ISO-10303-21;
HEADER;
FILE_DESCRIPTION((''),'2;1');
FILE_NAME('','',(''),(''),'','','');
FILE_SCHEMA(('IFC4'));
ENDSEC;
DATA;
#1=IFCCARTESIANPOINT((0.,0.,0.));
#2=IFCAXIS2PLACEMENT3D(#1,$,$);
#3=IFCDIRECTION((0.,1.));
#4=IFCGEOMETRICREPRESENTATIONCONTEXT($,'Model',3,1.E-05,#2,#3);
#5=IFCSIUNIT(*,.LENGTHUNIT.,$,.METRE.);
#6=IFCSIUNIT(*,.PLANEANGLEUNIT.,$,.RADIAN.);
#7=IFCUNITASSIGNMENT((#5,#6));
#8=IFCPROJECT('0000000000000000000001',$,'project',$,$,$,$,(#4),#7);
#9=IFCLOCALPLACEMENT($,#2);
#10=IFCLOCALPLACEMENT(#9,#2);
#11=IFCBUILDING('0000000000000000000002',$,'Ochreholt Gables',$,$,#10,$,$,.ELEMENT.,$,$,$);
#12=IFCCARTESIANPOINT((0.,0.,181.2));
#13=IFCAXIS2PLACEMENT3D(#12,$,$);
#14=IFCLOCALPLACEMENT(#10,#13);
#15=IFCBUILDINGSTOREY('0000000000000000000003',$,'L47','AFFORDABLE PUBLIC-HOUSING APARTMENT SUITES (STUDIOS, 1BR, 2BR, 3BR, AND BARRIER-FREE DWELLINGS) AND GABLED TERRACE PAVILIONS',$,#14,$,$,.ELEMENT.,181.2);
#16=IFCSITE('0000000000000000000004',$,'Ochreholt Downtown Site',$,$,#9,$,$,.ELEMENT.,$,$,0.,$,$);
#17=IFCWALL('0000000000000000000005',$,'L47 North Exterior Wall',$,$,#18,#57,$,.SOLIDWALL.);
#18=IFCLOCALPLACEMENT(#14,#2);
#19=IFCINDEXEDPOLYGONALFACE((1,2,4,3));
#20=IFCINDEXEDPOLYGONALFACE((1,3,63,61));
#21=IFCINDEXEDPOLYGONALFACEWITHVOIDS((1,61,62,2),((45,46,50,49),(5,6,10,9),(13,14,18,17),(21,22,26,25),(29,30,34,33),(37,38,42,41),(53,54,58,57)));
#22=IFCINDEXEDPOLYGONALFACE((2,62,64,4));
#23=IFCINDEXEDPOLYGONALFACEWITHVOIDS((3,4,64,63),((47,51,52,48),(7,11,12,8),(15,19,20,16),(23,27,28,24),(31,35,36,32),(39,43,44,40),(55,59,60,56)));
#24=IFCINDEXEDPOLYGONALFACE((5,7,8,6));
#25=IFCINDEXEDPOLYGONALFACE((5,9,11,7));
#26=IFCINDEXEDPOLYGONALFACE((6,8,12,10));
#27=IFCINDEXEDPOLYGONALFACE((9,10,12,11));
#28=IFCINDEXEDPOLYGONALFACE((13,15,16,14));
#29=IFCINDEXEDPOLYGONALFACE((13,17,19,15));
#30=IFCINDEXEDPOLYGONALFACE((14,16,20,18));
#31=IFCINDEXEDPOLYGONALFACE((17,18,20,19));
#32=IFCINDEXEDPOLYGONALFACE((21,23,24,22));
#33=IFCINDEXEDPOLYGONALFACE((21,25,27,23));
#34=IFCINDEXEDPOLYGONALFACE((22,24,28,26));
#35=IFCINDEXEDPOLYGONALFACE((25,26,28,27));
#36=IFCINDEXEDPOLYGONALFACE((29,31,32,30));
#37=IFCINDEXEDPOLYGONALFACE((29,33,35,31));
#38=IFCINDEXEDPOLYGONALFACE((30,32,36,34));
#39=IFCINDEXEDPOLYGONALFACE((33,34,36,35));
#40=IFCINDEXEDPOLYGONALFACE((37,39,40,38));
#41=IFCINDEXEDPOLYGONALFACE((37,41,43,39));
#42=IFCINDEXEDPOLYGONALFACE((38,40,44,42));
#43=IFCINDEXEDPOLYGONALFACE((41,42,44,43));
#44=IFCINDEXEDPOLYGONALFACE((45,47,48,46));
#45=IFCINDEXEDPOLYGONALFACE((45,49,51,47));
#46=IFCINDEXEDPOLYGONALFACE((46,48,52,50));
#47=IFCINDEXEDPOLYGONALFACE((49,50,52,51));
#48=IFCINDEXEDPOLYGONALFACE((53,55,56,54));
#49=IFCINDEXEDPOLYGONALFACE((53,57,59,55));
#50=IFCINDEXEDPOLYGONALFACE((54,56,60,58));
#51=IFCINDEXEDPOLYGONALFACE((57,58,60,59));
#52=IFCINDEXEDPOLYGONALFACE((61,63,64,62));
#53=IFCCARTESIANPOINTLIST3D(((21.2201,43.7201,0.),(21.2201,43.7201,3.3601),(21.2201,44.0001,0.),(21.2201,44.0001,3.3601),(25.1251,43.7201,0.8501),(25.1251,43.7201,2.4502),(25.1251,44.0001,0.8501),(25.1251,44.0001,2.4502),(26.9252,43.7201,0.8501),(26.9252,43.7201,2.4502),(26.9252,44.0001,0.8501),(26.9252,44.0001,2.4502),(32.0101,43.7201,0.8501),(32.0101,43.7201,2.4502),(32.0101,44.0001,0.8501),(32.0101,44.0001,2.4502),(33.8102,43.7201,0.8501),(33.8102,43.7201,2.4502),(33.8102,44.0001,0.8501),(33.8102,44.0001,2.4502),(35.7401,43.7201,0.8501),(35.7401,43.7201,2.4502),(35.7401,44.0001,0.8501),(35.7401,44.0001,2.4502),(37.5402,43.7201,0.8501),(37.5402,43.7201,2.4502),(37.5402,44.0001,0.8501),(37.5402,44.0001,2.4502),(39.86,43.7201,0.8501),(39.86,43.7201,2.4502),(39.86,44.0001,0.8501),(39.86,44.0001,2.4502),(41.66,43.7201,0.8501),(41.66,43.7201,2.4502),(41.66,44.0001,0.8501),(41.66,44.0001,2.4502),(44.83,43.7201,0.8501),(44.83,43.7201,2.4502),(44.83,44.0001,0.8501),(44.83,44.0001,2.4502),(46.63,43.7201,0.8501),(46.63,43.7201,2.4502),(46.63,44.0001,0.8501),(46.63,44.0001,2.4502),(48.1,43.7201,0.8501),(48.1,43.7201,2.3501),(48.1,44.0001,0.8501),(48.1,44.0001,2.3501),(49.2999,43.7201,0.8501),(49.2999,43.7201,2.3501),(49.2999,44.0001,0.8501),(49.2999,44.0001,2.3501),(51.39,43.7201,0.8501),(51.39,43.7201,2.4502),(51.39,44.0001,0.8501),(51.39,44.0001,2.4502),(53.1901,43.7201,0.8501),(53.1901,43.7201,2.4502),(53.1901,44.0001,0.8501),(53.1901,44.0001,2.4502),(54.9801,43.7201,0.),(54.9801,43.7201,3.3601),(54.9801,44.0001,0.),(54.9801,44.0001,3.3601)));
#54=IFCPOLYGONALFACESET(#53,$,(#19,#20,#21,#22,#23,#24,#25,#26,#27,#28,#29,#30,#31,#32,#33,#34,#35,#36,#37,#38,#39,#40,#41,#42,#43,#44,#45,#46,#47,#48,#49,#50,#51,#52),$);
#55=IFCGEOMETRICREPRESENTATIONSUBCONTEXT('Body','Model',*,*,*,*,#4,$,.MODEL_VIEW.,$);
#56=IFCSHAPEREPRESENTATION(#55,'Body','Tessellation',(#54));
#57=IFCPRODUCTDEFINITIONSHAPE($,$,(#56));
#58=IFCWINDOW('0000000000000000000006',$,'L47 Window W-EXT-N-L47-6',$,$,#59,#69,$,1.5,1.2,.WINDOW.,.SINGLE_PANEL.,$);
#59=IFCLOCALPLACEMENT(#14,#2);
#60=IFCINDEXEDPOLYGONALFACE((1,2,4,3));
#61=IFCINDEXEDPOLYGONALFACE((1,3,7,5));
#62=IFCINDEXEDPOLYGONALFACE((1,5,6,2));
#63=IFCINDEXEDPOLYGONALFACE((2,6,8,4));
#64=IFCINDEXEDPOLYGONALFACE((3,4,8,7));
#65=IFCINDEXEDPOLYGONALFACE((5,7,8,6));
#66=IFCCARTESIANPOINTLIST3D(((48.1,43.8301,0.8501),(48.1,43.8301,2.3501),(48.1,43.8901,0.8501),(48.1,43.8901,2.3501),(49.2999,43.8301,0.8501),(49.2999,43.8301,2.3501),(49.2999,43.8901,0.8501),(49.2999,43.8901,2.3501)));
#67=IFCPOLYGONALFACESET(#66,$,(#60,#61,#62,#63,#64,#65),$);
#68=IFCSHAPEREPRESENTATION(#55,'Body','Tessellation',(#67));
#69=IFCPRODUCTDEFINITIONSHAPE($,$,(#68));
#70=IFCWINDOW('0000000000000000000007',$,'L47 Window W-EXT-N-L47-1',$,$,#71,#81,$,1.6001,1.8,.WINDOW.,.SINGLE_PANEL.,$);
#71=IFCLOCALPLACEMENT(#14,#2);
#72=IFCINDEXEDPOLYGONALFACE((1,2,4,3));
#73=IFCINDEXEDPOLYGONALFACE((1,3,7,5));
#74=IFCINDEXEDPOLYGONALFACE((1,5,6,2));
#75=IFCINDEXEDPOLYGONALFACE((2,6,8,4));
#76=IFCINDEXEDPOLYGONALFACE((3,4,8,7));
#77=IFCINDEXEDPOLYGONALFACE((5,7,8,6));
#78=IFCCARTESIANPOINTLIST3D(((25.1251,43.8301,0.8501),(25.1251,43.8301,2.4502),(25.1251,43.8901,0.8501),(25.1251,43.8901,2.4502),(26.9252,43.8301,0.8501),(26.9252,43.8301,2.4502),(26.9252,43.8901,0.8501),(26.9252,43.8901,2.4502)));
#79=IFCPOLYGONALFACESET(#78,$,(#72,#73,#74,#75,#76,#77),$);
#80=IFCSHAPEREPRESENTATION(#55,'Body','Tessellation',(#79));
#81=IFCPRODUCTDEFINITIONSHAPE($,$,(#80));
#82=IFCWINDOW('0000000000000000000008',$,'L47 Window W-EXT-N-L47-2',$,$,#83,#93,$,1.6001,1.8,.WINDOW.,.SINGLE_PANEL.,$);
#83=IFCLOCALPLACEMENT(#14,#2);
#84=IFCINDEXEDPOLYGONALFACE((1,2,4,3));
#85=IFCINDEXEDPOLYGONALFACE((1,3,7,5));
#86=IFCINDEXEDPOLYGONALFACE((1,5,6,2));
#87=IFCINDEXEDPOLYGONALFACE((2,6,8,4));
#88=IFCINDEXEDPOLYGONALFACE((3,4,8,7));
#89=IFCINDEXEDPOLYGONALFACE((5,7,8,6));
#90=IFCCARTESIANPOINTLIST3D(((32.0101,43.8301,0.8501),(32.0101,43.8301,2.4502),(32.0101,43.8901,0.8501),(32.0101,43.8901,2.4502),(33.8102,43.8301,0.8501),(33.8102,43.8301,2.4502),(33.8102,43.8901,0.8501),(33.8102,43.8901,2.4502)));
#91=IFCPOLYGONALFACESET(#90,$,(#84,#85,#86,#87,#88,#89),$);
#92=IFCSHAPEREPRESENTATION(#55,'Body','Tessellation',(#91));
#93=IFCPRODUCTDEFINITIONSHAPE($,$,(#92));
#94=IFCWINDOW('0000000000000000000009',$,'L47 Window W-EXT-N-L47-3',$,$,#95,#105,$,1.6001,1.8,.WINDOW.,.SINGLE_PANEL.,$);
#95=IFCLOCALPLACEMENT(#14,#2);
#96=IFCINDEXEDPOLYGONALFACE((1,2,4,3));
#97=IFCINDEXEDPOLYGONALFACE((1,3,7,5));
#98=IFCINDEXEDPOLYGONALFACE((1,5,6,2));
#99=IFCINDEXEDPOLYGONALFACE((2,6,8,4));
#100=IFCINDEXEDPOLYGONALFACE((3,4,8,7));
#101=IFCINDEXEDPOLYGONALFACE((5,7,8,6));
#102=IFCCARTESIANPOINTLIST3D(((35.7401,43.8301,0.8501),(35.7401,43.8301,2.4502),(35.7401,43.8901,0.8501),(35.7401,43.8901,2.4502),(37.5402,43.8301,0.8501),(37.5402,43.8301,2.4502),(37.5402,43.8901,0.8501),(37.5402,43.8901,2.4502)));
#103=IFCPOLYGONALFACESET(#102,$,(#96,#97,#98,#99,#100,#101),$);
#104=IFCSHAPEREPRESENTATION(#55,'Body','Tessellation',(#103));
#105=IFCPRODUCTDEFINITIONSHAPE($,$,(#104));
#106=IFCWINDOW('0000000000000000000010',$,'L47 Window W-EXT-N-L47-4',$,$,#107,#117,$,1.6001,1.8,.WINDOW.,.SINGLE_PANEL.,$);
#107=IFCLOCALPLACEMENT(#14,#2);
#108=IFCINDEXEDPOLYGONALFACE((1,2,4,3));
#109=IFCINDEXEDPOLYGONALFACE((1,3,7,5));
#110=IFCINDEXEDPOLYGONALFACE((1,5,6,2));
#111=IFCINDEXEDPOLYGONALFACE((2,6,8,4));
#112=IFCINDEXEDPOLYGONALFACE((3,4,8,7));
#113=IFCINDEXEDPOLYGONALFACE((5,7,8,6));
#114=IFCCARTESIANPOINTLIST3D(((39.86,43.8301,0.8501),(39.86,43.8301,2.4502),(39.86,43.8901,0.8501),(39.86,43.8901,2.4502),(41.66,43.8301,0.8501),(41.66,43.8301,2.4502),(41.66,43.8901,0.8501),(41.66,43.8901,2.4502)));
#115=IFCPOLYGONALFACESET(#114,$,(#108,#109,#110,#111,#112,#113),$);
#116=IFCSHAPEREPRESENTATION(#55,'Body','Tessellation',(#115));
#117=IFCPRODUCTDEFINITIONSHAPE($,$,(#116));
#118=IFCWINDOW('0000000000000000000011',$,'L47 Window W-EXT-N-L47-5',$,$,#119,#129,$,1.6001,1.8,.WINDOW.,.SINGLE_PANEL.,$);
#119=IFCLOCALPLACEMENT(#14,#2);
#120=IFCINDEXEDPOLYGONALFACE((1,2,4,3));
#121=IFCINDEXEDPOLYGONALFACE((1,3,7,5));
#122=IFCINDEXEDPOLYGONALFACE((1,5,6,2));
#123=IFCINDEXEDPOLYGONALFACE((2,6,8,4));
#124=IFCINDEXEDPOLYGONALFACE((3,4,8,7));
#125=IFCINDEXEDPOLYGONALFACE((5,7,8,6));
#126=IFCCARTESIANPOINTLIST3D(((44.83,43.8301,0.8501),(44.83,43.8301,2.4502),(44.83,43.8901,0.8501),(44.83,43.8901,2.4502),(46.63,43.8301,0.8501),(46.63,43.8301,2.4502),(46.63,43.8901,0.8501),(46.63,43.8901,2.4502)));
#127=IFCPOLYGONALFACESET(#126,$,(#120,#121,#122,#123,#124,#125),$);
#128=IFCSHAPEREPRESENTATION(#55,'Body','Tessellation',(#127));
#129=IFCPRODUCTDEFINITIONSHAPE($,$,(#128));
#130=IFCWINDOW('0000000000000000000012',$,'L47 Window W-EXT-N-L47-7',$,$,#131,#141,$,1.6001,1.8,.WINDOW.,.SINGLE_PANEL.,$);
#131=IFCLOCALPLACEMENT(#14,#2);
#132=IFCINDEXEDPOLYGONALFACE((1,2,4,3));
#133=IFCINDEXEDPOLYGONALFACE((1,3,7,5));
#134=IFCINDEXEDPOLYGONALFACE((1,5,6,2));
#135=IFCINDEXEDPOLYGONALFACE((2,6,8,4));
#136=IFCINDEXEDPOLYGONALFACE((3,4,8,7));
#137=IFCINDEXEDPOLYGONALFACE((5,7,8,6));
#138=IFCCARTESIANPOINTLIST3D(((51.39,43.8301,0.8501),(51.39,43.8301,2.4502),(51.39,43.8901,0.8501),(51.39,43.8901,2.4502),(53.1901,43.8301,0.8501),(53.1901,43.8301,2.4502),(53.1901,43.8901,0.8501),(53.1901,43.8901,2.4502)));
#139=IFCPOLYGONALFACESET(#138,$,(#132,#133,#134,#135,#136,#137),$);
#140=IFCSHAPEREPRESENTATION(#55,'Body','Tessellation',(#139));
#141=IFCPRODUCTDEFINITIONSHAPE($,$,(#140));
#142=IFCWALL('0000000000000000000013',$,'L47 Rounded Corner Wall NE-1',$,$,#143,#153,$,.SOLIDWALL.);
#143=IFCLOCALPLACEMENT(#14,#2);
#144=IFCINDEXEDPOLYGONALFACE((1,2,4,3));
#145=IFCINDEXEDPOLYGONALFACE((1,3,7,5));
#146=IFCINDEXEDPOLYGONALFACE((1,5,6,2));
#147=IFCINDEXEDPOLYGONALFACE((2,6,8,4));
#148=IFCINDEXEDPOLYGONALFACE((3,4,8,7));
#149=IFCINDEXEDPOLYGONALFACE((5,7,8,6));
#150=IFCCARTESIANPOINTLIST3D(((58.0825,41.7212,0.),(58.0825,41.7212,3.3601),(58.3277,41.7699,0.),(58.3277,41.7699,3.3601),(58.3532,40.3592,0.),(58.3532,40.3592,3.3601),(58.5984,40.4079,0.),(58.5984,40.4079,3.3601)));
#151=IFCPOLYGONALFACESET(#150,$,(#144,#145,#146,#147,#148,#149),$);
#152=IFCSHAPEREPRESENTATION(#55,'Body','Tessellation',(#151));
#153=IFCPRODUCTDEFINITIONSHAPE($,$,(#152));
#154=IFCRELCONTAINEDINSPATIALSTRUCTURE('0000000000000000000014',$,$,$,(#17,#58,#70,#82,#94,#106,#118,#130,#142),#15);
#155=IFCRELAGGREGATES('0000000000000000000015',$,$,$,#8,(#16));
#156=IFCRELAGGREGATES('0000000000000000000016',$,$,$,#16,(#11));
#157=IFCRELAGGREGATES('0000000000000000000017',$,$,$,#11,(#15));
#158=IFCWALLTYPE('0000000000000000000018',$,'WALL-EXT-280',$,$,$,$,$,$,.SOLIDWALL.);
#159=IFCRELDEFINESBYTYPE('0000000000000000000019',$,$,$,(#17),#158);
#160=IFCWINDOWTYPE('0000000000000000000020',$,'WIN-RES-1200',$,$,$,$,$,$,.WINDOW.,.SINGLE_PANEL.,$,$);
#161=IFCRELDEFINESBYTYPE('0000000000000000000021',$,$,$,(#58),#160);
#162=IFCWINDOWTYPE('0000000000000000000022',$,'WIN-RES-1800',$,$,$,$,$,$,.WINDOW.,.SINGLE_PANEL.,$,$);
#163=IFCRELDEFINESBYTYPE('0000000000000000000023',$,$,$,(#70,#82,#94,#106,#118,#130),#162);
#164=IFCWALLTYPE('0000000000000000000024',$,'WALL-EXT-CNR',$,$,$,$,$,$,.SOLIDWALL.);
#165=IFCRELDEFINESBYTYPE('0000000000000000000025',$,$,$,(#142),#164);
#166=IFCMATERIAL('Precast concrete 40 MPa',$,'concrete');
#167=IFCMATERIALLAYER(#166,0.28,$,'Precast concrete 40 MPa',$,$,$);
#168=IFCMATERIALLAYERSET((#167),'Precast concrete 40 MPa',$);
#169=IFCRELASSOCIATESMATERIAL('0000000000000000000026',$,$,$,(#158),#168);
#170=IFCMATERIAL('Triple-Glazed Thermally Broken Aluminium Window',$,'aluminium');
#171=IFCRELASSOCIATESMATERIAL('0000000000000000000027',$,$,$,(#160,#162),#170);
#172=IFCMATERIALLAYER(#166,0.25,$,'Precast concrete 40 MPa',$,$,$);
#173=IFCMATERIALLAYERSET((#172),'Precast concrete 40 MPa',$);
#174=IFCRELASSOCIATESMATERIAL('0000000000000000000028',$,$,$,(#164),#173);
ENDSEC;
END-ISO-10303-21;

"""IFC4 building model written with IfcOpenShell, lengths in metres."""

from ifc_helpers import new_model, si_unit, direction, frame, frame_2d, origin, place, context, subcontext, project, spatial, rectangle, extrude, material, layer, layer_set, type_object, element, fill, save


model = new_model("IFC4")

# Units and contexts
model_context = context("Model", 3, precision=1e-05, world=origin(), true_north=direction((0.0, 1.0)))
body_context = subcontext(model_context, "Body", "Model", "MODEL_VIEW")
ifc_project = project(units=[si_unit("LENGTHUNIT", "METRE"), si_unit("PLANEANGLEUNIT", "RADIAN")], contexts=[model_context])

# Site, building, storey
site_placement = place(None, origin())
site = spatial("IfcSite", under=ifc_project, at=site_placement, Name="Ochreholt Downtown Site", CompositionType="ELEMENT", RefElevation=0.0)
building_placement = place(site_placement, origin())
building = spatial("IfcBuilding", under=site, at=building_placement, Name="Ochreholt Gables", CompositionType="ELEMENT")
storey_placement = place(building_placement, frame((0.0, 0.0, 181.2)))
storey = spatial("IfcBuildingStorey", under=building, at=storey_placement, Name="L47", Description="AFFORDABLE PUBLIC-HOUSING APARTMENT SUITES (STUDIOS, 1BR, 2BR, 3BR, AND BARRIER-FREE DWELLINGS) AND GABLED TERRACE PAVILIONS", CompositionType="ELEMENT", Elevation=181.2)

# Wall, openings, windows
ifc_material_1 = material(Name="Precast concrete 40 MPa", Category="concrete")
ifc_layer_1 = layer(ifc_material_1, 0.28, Name="Precast concrete 40 MPa")
ifc_layer_set_1 = layer_set([ifc_layer_1], Name="Precast concrete 40 MPa")
wall_type_1 = type_object("IfcWallType", Name="WALL-EXT-280", PredefinedType="SOLIDWALL", material=ifc_layer_set_1)
wall_1_placement = place(storey_placement, frame((54.98, 43.8601, 0.0), z_axis=(0.0, 0.0, 1.0), x_axis=(-1.0, 0.0, 0.0)))
wall_1 = element("IfcWall", 1, at=wall_1_placement, inside=storey, type_object=wall_type_1, Name="L47 North Exterior Wall", PredefinedType="SOLIDWALL", context=body_context, shape_type="SweptSolid", body=[
    extrude(rectangle(XDim=33.76, YDim=0.28, at=frame_2d((16.8799, 0.0))), origin(), (0.0, 0.0, 1.0), 3.3601),
])
opening_1_placement = place(wall_1_placement, frame((28.0549, 0.0, 0.8501)))
opening_1 = element("IfcOpeningElement", 2, at=opening_1_placement, cuts=wall_1, PredefinedType="OPENING", context=body_context, shape_type="SweptSolid", body=[
    extrude(rectangle(XDim=1.8, YDim=1.6001, at=frame_2d((0.8999, 0.8))), frame((0.0, 0.1499, 0.0), z_axis=(0.0, -1.0, 0.0), x_axis=(1.0, 0.0, 0.0)), (0.0, 0.0, 1.0), 0.3),
])
opening_2_placement = place(wall_1_placement, frame((21.1699, 0.0, 0.8501)))
opening_2 = element("IfcOpeningElement", 3, at=opening_2_placement, cuts=wall_1, PredefinedType="OPENING", context=body_context, shape_type="SweptSolid", body=[
    extrude(rectangle(XDim=1.8, YDim=1.6001, at=frame_2d((0.8999, 0.8))), frame((0.0, 0.1499, 0.0), z_axis=(0.0, -1.0, 0.0), x_axis=(1.0, 0.0, 0.0)), (0.0, 0.0, 1.0), 0.3),
])
opening_3_placement = place(wall_1_placement, frame((17.4399, 0.0, 0.8501)))
opening_3 = element("IfcOpeningElement", 4, at=opening_3_placement, cuts=wall_1, PredefinedType="OPENING", context=body_context, shape_type="SweptSolid", body=[
    extrude(rectangle(XDim=1.8, YDim=1.6001, at=frame_2d((0.8999, 0.8))), frame((0.0, 0.1499, 0.0), z_axis=(0.0, -1.0, 0.0), x_axis=(1.0, 0.0, 0.0)), (0.0, 0.0, 1.0), 0.3),
])
opening_4_placement = place(wall_1_placement, frame((13.3201, 0.0, 0.8501)))
opening_4 = element("IfcOpeningElement", 5, at=opening_4_placement, cuts=wall_1, PredefinedType="OPENING", context=body_context, shape_type="SweptSolid", body=[
    extrude(rectangle(XDim=1.8, YDim=1.6001, at=frame_2d((0.8999, 0.8))), frame((0.0, 0.1499, 0.0), z_axis=(0.0, -1.0, 0.0), x_axis=(1.0, 0.0, 0.0)), (0.0, 0.0, 1.0), 0.3),
])
opening_5_placement = place(wall_1_placement, frame((8.3501, 0.0, 0.8501)))
opening_5 = element("IfcOpeningElement", 6, at=opening_5_placement, cuts=wall_1, PredefinedType="OPENING", context=body_context, shape_type="SweptSolid", body=[
    extrude(rectangle(XDim=1.8, YDim=1.6001, at=frame_2d((0.8999, 0.8))), frame((0.0, 0.1499, 0.0), z_axis=(0.0, -1.0, 0.0), x_axis=(1.0, 0.0, 0.0)), (0.0, 0.0, 1.0), 0.3),
])
opening_6_placement = place(wall_1_placement, frame((5.6799, 0.0, 0.8501)))
opening_6 = element("IfcOpeningElement", 7, at=opening_6_placement, cuts=wall_1, PredefinedType="OPENING", context=body_context, shape_type="SweptSolid", body=[
    extrude(rectangle(XDim=1.2, YDim=1.5, at=frame_2d((0.6001, 0.75))), frame((0.0, 0.1499, 0.0), z_axis=(0.0, -1.0, 0.0), x_axis=(1.0, 0.0, 0.0)), (0.0, 0.0, 1.0), 0.3),
])
opening_7_placement = place(wall_1_placement, frame((1.79, 0.0, 0.8501)))
opening_7 = element("IfcOpeningElement", 8, at=opening_7_placement, cuts=wall_1, PredefinedType="OPENING", context=body_context, shape_type="SweptSolid", body=[
    extrude(rectangle(XDim=1.8, YDim=1.6001, at=frame_2d((0.8999, 0.8))), frame((0.0, 0.1499, 0.0), z_axis=(0.0, -1.0, 0.0), x_axis=(1.0, 0.0, 0.0)), (0.0, 0.0, 1.0), 0.3),
])
ifc_material_2 = material(Name="Triple-Glazed Thermally Broken Aluminium Window", Category="aluminium")
window_type_1 = type_object("IfcWindowType", Name="WIN-RES-1200", PartitioningType="SINGLE_PANEL", PredefinedType="WINDOW", material=ifc_material_2)
window_1_placement = place(opening_6_placement, origin())
window_1 = element("IfcWindow", 9, at=window_1_placement, inside=storey, type_object=window_type_1, Name="L47 Window W-EXT-N-L47-6", OverallHeight=1.5, OverallWidth=1.2, PartitioningType="SINGLE_PANEL", PredefinedType="WINDOW", context=body_context, shape_type="SweptSolid", body=[
    extrude(rectangle(XDim=1.2, YDim=1.5, at=frame_2d((0.6001, 0.75))), frame((0.0, 0.03, 0.0), z_axis=(0.0, -1.0, 0.0), x_axis=(1.0, 0.0, 0.0)), (0.0, 0.0, 1.0), 0.0601),
])
fill(opening_6, window_1)
window_type_2 = type_object("IfcWindowType", Name="WIN-RES-1800", PartitioningType="SINGLE_PANEL", PredefinedType="WINDOW", material=ifc_material_2)
window_2_placement = place(opening_1_placement, origin())
window_2 = element("IfcWindow", 10, at=window_2_placement, inside=storey, type_object=window_type_2, Name="L47 Window W-EXT-N-L47-1", OverallHeight=1.6001, OverallWidth=1.8, PartitioningType="SINGLE_PANEL", PredefinedType="WINDOW", context=body_context, shape_type="SweptSolid", body=[
    extrude(rectangle(XDim=1.8, YDim=1.6001, at=frame_2d((0.8999, 0.8))), frame((0.0, 0.03, 0.0), z_axis=(0.0, -1.0, 0.0), x_axis=(1.0, 0.0, 0.0)), (0.0, 0.0, 1.0), 0.0601),
])
fill(opening_1, window_2)
window_3_placement = place(opening_2_placement, origin())
window_3 = element("IfcWindow", 11, at=window_3_placement, inside=storey, type_object=window_type_2, Name="L47 Window W-EXT-N-L47-2", OverallHeight=1.6001, OverallWidth=1.8, PartitioningType="SINGLE_PANEL", PredefinedType="WINDOW", context=body_context, shape_type="SweptSolid", body=[
    extrude(rectangle(XDim=1.8, YDim=1.6001, at=frame_2d((0.8999, 0.8))), frame((0.0, 0.03, 0.0), z_axis=(0.0, -1.0, 0.0), x_axis=(1.0, 0.0, 0.0)), (0.0, 0.0, 1.0), 0.0601),
])
fill(opening_2, window_3)
window_4_placement = place(opening_3_placement, origin())
window_4 = element("IfcWindow", 12, at=window_4_placement, inside=storey, type_object=window_type_2, Name="L47 Window W-EXT-N-L47-3", OverallHeight=1.6001, OverallWidth=1.8, PartitioningType="SINGLE_PANEL", PredefinedType="WINDOW", context=body_context, shape_type="SweptSolid", body=[
    extrude(rectangle(XDim=1.8, YDim=1.6001, at=frame_2d((0.8999, 0.8))), frame((0.0, 0.03, 0.0), z_axis=(0.0, -1.0, 0.0), x_axis=(1.0, 0.0, 0.0)), (0.0, 0.0, 1.0), 0.0601),
])
fill(opening_3, window_4)
window_5_placement = place(opening_4_placement, origin())
window_5 = element("IfcWindow", 13, at=window_5_placement, inside=storey, type_object=window_type_2, Name="L47 Window W-EXT-N-L47-4", OverallHeight=1.6001, OverallWidth=1.8, PartitioningType="SINGLE_PANEL", PredefinedType="WINDOW", context=body_context, shape_type="SweptSolid", body=[
    extrude(rectangle(XDim=1.8, YDim=1.6001, at=frame_2d((0.8999, 0.8))), frame((0.0, 0.03, 0.0), z_axis=(0.0, -1.0, 0.0), x_axis=(1.0, 0.0, 0.0)), (0.0, 0.0, 1.0), 0.0601),
])
fill(opening_4, window_5)
window_6_placement = place(opening_5_placement, origin())
window_6 = element("IfcWindow", 14, at=window_6_placement, inside=storey, type_object=window_type_2, Name="L47 Window W-EXT-N-L47-5", OverallHeight=1.6001, OverallWidth=1.8, PartitioningType="SINGLE_PANEL", PredefinedType="WINDOW", context=body_context, shape_type="SweptSolid", body=[
    extrude(rectangle(XDim=1.8, YDim=1.6001, at=frame_2d((0.8999, 0.8))), frame((0.0, 0.03, 0.0), z_axis=(0.0, -1.0, 0.0), x_axis=(1.0, 0.0, 0.0)), (0.0, 0.0, 1.0), 0.0601),
])
fill(opening_5, window_6)
window_7_placement = place(opening_7_placement, origin())
window_7 = element("IfcWindow", 15, at=window_7_placement, inside=storey, type_object=window_type_2, Name="L47 Window W-EXT-N-L47-7", OverallHeight=1.6001, OverallWidth=1.8, PartitioningType="SINGLE_PANEL", PredefinedType="WINDOW", context=body_context, shape_type="SweptSolid", body=[
    extrude(rectangle(XDim=1.8, YDim=1.6001, at=frame_2d((0.8999, 0.8))), frame((0.0, 0.03, 0.0), z_axis=(0.0, -1.0, 0.0), x_axis=(1.0, 0.0, 0.0)), (0.0, 0.0, 1.0), 0.0601),
])
fill(opening_7, window_7)

# Wall
ifc_layer_2 = layer(ifc_material_1, 0.25, Name="Precast concrete 40 MPa")
ifc_layer_set_2 = layer_set([ifc_layer_2], Name="Precast concrete 40 MPa")
wall_type_2 = type_object("IfcWallType", Name="WALL-EXT-CNR", PredefinedType="SOLIDWALL", material=ifc_layer_set_2)
wall_2_placement = place(storey_placement, frame((58.4758, 40.3835, 0.0), z_axis=(0.0, 0.0, 1.0), x_axis=(-0.194967, 0.98081, 0.0)))
element("IfcWall", 16, at=wall_2_placement, inside=storey, type_object=wall_type_2, Name="L47 Rounded Corner Wall NE-1", PredefinedType="SOLIDWALL", context=body_context, shape_type="SweptSolid", body=[
    extrude(rectangle(XDim=1.3887, YDim=0.25, at=frame_2d((0.6943, 0.0))), origin(), (0.0, 0.0, 1.0), 3.3601),
])

save(model, "model.ifc")
